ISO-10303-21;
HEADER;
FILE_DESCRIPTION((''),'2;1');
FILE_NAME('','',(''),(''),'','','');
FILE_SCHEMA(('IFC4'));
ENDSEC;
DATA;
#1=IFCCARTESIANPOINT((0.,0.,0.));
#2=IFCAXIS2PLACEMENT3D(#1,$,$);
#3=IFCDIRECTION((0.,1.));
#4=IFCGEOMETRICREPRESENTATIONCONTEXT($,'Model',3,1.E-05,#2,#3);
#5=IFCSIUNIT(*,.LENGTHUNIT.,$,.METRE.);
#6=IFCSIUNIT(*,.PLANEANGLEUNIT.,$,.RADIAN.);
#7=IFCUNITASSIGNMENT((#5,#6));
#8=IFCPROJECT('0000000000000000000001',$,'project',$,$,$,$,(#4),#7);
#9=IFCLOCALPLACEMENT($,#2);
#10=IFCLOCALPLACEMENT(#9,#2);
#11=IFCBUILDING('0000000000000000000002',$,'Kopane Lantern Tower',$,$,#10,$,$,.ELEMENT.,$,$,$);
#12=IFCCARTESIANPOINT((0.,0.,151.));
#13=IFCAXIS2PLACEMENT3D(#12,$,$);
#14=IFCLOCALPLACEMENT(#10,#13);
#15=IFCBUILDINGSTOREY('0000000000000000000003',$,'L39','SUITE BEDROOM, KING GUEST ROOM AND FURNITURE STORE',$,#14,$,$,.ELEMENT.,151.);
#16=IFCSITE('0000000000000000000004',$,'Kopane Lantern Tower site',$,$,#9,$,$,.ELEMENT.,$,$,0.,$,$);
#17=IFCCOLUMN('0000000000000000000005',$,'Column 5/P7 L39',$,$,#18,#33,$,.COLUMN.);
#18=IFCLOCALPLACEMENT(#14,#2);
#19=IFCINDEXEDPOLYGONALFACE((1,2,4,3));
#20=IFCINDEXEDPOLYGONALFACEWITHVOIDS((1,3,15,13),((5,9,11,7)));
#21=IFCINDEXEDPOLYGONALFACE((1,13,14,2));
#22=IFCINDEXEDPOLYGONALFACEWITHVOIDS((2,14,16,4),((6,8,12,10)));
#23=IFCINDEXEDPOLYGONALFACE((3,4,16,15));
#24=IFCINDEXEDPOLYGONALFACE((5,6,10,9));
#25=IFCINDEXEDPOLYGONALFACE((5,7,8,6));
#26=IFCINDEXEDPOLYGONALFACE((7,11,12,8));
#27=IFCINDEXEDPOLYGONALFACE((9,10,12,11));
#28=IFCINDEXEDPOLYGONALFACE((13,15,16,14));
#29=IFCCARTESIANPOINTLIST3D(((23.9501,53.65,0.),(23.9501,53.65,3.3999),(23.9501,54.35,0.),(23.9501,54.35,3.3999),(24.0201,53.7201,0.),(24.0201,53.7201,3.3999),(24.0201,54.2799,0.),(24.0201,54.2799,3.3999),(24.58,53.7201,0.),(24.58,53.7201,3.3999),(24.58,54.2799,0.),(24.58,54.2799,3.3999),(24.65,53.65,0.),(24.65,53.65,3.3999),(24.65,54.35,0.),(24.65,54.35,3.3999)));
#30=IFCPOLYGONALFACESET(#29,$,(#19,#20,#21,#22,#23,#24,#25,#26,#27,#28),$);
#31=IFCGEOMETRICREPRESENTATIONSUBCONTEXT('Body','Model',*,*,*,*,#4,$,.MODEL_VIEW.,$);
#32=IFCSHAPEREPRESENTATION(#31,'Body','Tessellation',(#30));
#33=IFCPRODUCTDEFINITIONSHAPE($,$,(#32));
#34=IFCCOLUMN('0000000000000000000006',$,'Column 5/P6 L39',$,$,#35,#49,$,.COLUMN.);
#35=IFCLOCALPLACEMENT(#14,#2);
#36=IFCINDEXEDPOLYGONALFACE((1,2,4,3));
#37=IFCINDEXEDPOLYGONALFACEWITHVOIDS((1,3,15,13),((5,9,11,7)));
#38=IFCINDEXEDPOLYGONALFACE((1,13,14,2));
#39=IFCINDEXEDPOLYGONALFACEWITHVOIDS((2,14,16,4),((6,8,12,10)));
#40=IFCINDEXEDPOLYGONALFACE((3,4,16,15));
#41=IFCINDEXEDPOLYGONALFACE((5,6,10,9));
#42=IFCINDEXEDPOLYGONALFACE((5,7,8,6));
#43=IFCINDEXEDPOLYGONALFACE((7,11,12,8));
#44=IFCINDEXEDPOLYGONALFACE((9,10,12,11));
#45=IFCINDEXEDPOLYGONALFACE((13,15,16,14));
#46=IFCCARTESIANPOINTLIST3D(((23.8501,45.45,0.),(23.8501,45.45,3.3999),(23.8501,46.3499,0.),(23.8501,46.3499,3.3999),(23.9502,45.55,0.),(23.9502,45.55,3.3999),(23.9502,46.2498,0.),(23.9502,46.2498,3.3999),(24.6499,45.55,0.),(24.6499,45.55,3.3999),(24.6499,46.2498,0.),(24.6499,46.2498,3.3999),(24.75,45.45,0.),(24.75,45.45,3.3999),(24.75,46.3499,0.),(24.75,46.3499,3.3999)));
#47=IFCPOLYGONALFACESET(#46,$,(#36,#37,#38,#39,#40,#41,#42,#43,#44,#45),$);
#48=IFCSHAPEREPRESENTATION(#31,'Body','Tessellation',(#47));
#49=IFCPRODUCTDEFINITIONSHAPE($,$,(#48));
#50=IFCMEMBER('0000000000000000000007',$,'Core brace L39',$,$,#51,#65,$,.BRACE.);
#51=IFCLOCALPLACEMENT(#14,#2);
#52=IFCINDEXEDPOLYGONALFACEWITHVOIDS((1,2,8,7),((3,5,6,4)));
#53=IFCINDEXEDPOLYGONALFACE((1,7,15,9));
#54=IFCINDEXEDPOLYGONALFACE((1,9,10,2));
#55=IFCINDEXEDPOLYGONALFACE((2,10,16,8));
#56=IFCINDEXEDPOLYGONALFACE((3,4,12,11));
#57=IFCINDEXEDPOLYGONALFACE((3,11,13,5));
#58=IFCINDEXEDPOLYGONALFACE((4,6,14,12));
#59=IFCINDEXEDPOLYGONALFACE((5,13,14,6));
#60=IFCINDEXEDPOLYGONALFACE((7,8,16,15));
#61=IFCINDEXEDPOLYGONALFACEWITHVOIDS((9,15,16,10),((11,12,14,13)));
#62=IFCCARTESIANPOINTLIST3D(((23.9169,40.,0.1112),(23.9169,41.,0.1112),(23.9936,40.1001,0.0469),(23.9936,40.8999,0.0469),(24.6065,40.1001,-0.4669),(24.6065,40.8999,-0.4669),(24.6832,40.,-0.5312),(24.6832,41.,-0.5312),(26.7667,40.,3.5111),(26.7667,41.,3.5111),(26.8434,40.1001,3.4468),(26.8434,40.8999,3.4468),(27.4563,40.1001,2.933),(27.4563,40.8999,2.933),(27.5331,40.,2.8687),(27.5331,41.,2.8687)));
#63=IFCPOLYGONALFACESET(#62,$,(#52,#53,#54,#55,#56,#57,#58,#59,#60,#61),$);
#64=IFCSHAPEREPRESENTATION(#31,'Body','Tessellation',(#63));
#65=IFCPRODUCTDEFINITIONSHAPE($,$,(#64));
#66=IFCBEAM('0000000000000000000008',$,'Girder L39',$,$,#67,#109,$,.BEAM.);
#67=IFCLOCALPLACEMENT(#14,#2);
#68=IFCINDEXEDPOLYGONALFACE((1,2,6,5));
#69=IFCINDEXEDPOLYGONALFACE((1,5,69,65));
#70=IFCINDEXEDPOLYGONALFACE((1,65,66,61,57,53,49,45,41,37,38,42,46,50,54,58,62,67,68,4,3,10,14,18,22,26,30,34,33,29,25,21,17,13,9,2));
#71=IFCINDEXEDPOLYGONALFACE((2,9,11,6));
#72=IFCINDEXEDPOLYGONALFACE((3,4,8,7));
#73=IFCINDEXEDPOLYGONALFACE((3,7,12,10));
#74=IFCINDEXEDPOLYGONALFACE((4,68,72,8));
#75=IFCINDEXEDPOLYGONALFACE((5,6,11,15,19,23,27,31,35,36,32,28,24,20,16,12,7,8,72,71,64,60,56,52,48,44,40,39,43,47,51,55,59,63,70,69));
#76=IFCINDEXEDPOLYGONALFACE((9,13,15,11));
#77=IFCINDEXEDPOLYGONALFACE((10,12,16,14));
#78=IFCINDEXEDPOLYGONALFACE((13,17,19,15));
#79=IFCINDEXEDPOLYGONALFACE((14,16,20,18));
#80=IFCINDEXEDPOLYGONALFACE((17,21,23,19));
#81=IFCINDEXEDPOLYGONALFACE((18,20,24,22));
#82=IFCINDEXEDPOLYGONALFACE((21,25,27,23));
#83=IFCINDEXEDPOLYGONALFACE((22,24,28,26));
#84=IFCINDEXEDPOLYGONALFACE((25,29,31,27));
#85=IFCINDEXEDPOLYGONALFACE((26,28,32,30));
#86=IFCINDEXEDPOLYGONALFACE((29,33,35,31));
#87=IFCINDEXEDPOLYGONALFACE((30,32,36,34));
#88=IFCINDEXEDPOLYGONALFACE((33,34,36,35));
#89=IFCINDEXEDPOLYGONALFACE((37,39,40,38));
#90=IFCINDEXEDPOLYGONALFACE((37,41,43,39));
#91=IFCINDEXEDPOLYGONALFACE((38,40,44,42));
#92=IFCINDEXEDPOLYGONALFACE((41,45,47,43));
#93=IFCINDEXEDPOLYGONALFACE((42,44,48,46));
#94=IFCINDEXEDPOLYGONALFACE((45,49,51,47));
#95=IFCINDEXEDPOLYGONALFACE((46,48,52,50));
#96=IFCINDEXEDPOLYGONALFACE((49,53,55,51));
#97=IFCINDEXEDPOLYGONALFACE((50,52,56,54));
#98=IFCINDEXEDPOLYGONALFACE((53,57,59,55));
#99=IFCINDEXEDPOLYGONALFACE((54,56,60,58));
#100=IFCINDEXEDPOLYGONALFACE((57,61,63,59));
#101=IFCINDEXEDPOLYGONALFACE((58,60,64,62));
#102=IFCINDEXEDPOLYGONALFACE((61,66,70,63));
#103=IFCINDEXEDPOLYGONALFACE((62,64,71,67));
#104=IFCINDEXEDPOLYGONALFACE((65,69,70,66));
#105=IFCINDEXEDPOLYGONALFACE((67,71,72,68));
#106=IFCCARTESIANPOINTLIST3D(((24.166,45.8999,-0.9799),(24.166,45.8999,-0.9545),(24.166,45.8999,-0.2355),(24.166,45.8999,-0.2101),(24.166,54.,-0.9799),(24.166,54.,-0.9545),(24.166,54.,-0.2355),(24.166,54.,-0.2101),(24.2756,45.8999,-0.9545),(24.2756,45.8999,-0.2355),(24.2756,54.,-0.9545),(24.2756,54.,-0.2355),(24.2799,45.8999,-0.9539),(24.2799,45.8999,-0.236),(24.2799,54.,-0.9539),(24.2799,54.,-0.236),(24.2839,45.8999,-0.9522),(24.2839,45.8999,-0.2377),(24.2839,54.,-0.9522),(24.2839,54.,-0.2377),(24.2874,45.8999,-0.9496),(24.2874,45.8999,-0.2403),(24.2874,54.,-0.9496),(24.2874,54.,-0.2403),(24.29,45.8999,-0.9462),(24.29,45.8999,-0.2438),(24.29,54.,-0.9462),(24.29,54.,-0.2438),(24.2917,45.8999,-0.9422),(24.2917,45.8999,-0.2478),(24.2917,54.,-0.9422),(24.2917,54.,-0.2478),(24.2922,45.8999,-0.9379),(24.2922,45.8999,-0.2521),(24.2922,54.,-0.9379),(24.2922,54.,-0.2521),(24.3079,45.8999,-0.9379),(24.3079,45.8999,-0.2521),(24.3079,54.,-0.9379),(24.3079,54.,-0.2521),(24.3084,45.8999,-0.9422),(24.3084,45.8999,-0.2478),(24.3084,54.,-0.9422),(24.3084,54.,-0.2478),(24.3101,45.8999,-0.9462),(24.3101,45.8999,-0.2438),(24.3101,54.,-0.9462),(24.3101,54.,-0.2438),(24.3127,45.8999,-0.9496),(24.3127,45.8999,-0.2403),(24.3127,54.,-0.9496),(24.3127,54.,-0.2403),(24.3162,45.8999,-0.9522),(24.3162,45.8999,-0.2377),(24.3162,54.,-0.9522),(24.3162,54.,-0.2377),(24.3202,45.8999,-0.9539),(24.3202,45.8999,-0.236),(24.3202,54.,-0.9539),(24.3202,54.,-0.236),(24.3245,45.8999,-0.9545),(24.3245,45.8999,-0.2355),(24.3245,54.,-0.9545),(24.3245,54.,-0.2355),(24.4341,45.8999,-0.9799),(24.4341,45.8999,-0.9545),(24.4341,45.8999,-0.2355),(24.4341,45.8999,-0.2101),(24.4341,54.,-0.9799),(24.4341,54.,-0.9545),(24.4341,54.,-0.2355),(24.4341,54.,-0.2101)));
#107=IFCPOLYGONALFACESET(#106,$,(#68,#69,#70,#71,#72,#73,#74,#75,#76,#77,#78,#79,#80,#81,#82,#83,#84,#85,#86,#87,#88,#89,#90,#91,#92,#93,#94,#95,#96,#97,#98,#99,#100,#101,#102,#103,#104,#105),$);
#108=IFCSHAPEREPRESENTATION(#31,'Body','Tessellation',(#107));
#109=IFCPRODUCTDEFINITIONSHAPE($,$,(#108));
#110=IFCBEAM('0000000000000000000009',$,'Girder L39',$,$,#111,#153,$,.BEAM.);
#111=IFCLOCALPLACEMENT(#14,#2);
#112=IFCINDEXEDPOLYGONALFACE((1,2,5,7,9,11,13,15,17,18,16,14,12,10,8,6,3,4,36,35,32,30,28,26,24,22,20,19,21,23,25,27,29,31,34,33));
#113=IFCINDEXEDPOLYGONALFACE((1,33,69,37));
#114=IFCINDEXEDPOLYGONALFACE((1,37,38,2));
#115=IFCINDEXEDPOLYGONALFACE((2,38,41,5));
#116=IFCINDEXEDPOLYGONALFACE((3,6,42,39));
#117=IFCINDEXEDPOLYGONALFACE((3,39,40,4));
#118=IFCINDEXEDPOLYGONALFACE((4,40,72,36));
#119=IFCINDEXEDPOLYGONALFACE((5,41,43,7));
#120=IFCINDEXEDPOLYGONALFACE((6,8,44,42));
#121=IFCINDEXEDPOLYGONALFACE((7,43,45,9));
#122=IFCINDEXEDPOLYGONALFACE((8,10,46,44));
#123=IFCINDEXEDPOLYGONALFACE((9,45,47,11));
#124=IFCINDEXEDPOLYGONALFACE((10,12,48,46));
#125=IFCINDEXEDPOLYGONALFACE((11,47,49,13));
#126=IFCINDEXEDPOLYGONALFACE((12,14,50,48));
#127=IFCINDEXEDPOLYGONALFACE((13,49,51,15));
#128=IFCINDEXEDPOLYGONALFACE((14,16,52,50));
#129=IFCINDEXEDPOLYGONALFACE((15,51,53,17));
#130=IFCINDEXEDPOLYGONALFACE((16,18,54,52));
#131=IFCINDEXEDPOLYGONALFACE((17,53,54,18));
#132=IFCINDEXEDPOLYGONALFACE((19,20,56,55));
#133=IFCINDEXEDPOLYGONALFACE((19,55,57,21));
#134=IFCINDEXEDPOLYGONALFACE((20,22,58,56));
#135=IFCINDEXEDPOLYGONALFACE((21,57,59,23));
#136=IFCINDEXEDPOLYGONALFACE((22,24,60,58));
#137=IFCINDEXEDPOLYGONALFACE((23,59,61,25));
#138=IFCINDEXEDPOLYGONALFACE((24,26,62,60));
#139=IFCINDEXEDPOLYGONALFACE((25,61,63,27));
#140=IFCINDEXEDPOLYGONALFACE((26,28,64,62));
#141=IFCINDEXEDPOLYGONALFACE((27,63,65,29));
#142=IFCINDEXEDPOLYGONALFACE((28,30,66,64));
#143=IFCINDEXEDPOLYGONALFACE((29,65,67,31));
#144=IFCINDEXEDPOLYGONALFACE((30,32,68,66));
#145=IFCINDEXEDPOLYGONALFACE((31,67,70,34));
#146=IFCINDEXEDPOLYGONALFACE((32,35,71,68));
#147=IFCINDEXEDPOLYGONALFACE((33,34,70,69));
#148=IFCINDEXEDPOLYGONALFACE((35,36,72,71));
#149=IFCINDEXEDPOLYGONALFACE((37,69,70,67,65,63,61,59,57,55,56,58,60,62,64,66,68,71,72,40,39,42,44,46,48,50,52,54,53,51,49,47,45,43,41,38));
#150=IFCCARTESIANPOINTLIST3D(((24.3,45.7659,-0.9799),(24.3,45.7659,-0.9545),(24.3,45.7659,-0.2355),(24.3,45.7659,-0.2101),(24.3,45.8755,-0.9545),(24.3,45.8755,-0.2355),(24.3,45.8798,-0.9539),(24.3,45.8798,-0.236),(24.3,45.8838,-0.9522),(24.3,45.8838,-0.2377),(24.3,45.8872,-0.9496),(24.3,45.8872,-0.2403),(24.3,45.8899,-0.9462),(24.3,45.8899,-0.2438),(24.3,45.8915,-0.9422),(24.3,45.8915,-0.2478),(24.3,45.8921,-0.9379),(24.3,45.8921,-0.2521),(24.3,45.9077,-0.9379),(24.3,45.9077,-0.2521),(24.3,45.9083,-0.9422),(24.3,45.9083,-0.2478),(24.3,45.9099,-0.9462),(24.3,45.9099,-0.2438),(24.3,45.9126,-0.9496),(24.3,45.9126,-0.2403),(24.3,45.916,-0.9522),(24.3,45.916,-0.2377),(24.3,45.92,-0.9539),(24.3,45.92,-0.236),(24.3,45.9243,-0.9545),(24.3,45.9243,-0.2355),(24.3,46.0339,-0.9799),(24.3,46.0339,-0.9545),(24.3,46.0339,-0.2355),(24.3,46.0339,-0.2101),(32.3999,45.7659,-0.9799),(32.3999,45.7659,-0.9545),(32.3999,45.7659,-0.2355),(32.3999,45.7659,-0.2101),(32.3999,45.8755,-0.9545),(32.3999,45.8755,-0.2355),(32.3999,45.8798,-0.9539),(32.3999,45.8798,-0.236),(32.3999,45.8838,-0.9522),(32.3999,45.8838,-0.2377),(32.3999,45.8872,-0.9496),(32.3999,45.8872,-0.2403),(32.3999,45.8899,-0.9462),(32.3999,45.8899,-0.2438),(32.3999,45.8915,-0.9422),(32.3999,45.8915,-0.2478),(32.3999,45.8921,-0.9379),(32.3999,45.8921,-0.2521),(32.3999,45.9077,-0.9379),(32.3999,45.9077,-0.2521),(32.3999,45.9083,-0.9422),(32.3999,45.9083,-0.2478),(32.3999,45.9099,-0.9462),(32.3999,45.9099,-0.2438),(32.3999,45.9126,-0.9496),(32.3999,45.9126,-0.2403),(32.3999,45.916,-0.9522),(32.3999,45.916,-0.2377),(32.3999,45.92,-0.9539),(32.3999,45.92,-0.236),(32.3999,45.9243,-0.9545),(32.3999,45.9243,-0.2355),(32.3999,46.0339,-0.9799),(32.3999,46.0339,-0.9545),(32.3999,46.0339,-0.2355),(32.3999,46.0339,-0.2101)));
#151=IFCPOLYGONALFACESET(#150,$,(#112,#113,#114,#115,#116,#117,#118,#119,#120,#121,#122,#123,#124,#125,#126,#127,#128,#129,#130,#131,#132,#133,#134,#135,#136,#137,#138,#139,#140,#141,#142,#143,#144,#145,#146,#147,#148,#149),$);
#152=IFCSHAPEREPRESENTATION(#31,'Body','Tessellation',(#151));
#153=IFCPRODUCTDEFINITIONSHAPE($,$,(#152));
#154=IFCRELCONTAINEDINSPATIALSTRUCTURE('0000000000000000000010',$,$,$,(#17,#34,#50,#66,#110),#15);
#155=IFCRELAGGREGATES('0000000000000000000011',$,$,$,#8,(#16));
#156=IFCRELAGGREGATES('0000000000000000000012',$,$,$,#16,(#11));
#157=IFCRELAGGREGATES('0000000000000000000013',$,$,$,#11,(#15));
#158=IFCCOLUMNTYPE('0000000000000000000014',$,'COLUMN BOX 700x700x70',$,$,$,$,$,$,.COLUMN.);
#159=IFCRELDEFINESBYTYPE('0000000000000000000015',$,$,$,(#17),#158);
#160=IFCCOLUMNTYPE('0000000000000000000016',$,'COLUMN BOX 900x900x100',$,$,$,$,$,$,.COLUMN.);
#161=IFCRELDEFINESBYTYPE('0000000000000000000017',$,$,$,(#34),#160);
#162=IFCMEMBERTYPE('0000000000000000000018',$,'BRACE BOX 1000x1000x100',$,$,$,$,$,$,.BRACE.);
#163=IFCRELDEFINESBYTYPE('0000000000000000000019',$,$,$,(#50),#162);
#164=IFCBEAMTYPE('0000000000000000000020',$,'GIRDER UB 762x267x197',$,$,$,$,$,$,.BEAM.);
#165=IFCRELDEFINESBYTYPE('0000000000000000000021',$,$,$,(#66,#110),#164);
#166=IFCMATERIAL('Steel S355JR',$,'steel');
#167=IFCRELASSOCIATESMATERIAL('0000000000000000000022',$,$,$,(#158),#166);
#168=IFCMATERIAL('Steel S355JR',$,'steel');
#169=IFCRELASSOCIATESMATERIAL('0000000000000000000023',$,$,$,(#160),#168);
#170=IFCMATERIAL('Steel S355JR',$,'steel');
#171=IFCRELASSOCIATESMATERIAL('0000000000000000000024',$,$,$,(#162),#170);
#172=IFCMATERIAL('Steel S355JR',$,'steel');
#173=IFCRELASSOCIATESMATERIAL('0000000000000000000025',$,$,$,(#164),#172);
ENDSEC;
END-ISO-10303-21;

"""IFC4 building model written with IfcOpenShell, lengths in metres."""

from ifc_helpers import new_model, si_unit, direction, frame, origin, origin_2d, place, context, subcontext, project, spatial, hollow_rectangle, i_section, extrude, material, material_profile, profile_set, type_object, element, save


model = new_model("IFC4")

# Units and contexts
model_context = context("Model", 3, precision=1e-05, world=origin(), true_north=direction((0.0, 1.0)))
body_context = subcontext(model_context, "Body", "Model", "MODEL_VIEW")
ifc_project = project(units=[si_unit("LENGTHUNIT", "METRE"), si_unit("PLANEANGLEUNIT", "RADIAN")], contexts=[model_context])

# Site, building, storey
site_placement = place(None, origin())
site = spatial("IfcSite", under=ifc_project, at=site_placement, Name="Kopane Lantern Tower site", CompositionType="ELEMENT", RefElevation=0.0)
building_placement = place(site_placement, origin())
building = spatial("IfcBuilding", under=site, at=building_placement, Name="Kopane Lantern Tower", CompositionType="ELEMENT")
storey_placement = place(building_placement, frame((0.0, 0.0, 151.0)))
storey = spatial("IfcBuildingStorey", under=building, at=storey_placement, Name="L39", Description="SUITE BEDROOM, KING GUEST ROOM AND FURNITURE STORE", CompositionType="ELEMENT", Elevation=151.0)

# Columns
ifc_material_1 = material(Name="Steel S355JR", Category="steel")
ifc_material_profile_1 = material_profile(ifc_material_1, hollow_rectangle(XDim=0.7, YDim=0.7, WallThickness=0.0701, at=origin_2d()), Name="BOX 700x700x70")
ifc_profile_set_1 = profile_set([ifc_material_profile_1], Name="Steel S355JR")
column_type_1 = type_object("IfcColumnType", Name="COLUMN BOX 700x700x70", PredefinedType="COLUMN", material=ifc_profile_set_1)
column_1_placement = place(storey_placement, frame((24.3, 54.0, 0.0), z_axis=(0.0, 0.0, 1.0), x_axis=(1.0, 0.0, 0.0)))
element("IfcColumn", 1, at=column_1_placement, inside=storey, type_object=column_type_1, Name="Column 5/P7 L39", PredefinedType="COLUMN", context=body_context, shape_type="SweptSolid", body=[
    extrude(hollow_rectangle(XDim=0.7, YDim=0.7, WallThickness=0.0701, at=origin_2d()), origin(), (0.0, 0.0, 1.0), 3.3999),
])
ifc_material_2 = material(Name="Steel S355JR", Category="steel")
ifc_material_profile_2 = material_profile(ifc_material_2, hollow_rectangle(XDim=0.8999, YDim=0.8999, WallThickness=0.1001, at=origin_2d()), Name="BOX 900x900x100")
ifc_profile_set_2 = profile_set([ifc_material_profile_2], Name="Steel S355JR")
column_type_2 = type_object("IfcColumnType", Name="COLUMN BOX 900x900x100", PredefinedType="COLUMN", material=ifc_profile_set_2)
column_2_placement = place(storey_placement, frame((24.3, 45.8999, 0.0), z_axis=(0.0, 0.0, 1.0), x_axis=(1.0, 0.0, 0.0)))
element("IfcColumn", 2, at=column_2_placement, inside=storey, type_object=column_type_2, Name="Column 5/P6 L39", PredefinedType="COLUMN", context=body_context, shape_type="SweptSolid", body=[
    extrude(hollow_rectangle(XDim=0.8999, YDim=0.8999, WallThickness=0.1001, at=origin_2d()), origin(), (0.0, 0.0, 1.0), 3.3999),
])

# Member
ifc_material_3 = material(Name="Steel S355JR", Category="steel")
ifc_material_profile_3 = material_profile(ifc_material_3, hollow_rectangle(XDim=1.0, YDim=1.0, WallThickness=0.1001, at=origin_2d()), Name="BOX 1000x1000x100")
ifc_profile_set_3 = profile_set([ifc_material_profile_3], Name="Steel S355JR")
member_type = type_object("IfcMemberType", Name="BRACE BOX 1000x1000x100", PredefinedType="BRACE", material=ifc_profile_set_3)
member_placement = place(storey_placement, frame((24.3, 40.5, -0.21), z_axis=(0.64239, 0.0, 0.766378), x_axis=(0.0, 1.0, 0.0)))
element("IfcMember", 3, at=member_placement, inside=storey, type_object=member_type, Name="Core brace L39", PredefinedType="BRACE", context=body_context, shape_type="SweptSolid", body=[
    extrude(hollow_rectangle(XDim=1.0, YDim=1.0, WallThickness=0.1001, at=origin_2d()), origin(), (0.0, 0.0, 1.0), 4.4363),
])

# Beams
ifc_material_4 = material(Name="Steel S355JR", Category="steel")
ifc_material_profile_4 = material_profile(ifc_material_4, i_section(OverallWidth=0.2681, OverallDepth=0.7698, WebThickness=0.0156, FlangeThickness=0.0254, FilletRadius=0.0166, at=origin_2d()), Name="UB 762x267x197")
ifc_profile_set_4 = profile_set([ifc_material_profile_4], Name="Steel S355JR")
beam_type = type_object("IfcBeamType", Name="GIRDER UB 762x267x197", PredefinedType="BEAM", material=ifc_profile_set_4)
beam_placement = place(storey_placement, frame((24.3, 45.8999, -0.595), z_axis=(0.0, 1.0, 0.0), x_axis=(-1.0, 0.0, 0.0)))
element("IfcBeam", 4, at=beam_placement, inside=storey, type_object=beam_type, Name="Girder L39", PredefinedType="BEAM", context=body_context, shape_type="SweptSolid", body=[
    extrude(i_section(OverallWidth=0.2681, OverallDepth=0.7698, WebThickness=0.0156, FlangeThickness=0.0254, FilletRadius=0.0166, at=origin_2d()), origin(), (0.0, 0.0, 1.0), 8.1001),
])
for number, where, z_axis, x_axis, name in (
    (5, (24.3, 45.8999, -0.595), (1.0, 0.0, 0.0), (0.0, 1.0, 0.0), "Girder L39"),
):
    element("IfcBeam", number, at=place(storey_placement, frame(where, z_axis=z_axis, x_axis=x_axis)), inside=storey, type_object=beam_type, Name=name, PredefinedType="BEAM", context=body_context, shape_type="SweptSolid", body=[
        extrude(i_section(OverallWidth=0.2681, OverallDepth=0.7698, WebThickness=0.0156, FlangeThickness=0.0254, FilletRadius=0.0166, at=origin_2d()), origin(), (0.0, 0.0, 1.0), 8.0999),
    ])

save(model, "model.ifc")
